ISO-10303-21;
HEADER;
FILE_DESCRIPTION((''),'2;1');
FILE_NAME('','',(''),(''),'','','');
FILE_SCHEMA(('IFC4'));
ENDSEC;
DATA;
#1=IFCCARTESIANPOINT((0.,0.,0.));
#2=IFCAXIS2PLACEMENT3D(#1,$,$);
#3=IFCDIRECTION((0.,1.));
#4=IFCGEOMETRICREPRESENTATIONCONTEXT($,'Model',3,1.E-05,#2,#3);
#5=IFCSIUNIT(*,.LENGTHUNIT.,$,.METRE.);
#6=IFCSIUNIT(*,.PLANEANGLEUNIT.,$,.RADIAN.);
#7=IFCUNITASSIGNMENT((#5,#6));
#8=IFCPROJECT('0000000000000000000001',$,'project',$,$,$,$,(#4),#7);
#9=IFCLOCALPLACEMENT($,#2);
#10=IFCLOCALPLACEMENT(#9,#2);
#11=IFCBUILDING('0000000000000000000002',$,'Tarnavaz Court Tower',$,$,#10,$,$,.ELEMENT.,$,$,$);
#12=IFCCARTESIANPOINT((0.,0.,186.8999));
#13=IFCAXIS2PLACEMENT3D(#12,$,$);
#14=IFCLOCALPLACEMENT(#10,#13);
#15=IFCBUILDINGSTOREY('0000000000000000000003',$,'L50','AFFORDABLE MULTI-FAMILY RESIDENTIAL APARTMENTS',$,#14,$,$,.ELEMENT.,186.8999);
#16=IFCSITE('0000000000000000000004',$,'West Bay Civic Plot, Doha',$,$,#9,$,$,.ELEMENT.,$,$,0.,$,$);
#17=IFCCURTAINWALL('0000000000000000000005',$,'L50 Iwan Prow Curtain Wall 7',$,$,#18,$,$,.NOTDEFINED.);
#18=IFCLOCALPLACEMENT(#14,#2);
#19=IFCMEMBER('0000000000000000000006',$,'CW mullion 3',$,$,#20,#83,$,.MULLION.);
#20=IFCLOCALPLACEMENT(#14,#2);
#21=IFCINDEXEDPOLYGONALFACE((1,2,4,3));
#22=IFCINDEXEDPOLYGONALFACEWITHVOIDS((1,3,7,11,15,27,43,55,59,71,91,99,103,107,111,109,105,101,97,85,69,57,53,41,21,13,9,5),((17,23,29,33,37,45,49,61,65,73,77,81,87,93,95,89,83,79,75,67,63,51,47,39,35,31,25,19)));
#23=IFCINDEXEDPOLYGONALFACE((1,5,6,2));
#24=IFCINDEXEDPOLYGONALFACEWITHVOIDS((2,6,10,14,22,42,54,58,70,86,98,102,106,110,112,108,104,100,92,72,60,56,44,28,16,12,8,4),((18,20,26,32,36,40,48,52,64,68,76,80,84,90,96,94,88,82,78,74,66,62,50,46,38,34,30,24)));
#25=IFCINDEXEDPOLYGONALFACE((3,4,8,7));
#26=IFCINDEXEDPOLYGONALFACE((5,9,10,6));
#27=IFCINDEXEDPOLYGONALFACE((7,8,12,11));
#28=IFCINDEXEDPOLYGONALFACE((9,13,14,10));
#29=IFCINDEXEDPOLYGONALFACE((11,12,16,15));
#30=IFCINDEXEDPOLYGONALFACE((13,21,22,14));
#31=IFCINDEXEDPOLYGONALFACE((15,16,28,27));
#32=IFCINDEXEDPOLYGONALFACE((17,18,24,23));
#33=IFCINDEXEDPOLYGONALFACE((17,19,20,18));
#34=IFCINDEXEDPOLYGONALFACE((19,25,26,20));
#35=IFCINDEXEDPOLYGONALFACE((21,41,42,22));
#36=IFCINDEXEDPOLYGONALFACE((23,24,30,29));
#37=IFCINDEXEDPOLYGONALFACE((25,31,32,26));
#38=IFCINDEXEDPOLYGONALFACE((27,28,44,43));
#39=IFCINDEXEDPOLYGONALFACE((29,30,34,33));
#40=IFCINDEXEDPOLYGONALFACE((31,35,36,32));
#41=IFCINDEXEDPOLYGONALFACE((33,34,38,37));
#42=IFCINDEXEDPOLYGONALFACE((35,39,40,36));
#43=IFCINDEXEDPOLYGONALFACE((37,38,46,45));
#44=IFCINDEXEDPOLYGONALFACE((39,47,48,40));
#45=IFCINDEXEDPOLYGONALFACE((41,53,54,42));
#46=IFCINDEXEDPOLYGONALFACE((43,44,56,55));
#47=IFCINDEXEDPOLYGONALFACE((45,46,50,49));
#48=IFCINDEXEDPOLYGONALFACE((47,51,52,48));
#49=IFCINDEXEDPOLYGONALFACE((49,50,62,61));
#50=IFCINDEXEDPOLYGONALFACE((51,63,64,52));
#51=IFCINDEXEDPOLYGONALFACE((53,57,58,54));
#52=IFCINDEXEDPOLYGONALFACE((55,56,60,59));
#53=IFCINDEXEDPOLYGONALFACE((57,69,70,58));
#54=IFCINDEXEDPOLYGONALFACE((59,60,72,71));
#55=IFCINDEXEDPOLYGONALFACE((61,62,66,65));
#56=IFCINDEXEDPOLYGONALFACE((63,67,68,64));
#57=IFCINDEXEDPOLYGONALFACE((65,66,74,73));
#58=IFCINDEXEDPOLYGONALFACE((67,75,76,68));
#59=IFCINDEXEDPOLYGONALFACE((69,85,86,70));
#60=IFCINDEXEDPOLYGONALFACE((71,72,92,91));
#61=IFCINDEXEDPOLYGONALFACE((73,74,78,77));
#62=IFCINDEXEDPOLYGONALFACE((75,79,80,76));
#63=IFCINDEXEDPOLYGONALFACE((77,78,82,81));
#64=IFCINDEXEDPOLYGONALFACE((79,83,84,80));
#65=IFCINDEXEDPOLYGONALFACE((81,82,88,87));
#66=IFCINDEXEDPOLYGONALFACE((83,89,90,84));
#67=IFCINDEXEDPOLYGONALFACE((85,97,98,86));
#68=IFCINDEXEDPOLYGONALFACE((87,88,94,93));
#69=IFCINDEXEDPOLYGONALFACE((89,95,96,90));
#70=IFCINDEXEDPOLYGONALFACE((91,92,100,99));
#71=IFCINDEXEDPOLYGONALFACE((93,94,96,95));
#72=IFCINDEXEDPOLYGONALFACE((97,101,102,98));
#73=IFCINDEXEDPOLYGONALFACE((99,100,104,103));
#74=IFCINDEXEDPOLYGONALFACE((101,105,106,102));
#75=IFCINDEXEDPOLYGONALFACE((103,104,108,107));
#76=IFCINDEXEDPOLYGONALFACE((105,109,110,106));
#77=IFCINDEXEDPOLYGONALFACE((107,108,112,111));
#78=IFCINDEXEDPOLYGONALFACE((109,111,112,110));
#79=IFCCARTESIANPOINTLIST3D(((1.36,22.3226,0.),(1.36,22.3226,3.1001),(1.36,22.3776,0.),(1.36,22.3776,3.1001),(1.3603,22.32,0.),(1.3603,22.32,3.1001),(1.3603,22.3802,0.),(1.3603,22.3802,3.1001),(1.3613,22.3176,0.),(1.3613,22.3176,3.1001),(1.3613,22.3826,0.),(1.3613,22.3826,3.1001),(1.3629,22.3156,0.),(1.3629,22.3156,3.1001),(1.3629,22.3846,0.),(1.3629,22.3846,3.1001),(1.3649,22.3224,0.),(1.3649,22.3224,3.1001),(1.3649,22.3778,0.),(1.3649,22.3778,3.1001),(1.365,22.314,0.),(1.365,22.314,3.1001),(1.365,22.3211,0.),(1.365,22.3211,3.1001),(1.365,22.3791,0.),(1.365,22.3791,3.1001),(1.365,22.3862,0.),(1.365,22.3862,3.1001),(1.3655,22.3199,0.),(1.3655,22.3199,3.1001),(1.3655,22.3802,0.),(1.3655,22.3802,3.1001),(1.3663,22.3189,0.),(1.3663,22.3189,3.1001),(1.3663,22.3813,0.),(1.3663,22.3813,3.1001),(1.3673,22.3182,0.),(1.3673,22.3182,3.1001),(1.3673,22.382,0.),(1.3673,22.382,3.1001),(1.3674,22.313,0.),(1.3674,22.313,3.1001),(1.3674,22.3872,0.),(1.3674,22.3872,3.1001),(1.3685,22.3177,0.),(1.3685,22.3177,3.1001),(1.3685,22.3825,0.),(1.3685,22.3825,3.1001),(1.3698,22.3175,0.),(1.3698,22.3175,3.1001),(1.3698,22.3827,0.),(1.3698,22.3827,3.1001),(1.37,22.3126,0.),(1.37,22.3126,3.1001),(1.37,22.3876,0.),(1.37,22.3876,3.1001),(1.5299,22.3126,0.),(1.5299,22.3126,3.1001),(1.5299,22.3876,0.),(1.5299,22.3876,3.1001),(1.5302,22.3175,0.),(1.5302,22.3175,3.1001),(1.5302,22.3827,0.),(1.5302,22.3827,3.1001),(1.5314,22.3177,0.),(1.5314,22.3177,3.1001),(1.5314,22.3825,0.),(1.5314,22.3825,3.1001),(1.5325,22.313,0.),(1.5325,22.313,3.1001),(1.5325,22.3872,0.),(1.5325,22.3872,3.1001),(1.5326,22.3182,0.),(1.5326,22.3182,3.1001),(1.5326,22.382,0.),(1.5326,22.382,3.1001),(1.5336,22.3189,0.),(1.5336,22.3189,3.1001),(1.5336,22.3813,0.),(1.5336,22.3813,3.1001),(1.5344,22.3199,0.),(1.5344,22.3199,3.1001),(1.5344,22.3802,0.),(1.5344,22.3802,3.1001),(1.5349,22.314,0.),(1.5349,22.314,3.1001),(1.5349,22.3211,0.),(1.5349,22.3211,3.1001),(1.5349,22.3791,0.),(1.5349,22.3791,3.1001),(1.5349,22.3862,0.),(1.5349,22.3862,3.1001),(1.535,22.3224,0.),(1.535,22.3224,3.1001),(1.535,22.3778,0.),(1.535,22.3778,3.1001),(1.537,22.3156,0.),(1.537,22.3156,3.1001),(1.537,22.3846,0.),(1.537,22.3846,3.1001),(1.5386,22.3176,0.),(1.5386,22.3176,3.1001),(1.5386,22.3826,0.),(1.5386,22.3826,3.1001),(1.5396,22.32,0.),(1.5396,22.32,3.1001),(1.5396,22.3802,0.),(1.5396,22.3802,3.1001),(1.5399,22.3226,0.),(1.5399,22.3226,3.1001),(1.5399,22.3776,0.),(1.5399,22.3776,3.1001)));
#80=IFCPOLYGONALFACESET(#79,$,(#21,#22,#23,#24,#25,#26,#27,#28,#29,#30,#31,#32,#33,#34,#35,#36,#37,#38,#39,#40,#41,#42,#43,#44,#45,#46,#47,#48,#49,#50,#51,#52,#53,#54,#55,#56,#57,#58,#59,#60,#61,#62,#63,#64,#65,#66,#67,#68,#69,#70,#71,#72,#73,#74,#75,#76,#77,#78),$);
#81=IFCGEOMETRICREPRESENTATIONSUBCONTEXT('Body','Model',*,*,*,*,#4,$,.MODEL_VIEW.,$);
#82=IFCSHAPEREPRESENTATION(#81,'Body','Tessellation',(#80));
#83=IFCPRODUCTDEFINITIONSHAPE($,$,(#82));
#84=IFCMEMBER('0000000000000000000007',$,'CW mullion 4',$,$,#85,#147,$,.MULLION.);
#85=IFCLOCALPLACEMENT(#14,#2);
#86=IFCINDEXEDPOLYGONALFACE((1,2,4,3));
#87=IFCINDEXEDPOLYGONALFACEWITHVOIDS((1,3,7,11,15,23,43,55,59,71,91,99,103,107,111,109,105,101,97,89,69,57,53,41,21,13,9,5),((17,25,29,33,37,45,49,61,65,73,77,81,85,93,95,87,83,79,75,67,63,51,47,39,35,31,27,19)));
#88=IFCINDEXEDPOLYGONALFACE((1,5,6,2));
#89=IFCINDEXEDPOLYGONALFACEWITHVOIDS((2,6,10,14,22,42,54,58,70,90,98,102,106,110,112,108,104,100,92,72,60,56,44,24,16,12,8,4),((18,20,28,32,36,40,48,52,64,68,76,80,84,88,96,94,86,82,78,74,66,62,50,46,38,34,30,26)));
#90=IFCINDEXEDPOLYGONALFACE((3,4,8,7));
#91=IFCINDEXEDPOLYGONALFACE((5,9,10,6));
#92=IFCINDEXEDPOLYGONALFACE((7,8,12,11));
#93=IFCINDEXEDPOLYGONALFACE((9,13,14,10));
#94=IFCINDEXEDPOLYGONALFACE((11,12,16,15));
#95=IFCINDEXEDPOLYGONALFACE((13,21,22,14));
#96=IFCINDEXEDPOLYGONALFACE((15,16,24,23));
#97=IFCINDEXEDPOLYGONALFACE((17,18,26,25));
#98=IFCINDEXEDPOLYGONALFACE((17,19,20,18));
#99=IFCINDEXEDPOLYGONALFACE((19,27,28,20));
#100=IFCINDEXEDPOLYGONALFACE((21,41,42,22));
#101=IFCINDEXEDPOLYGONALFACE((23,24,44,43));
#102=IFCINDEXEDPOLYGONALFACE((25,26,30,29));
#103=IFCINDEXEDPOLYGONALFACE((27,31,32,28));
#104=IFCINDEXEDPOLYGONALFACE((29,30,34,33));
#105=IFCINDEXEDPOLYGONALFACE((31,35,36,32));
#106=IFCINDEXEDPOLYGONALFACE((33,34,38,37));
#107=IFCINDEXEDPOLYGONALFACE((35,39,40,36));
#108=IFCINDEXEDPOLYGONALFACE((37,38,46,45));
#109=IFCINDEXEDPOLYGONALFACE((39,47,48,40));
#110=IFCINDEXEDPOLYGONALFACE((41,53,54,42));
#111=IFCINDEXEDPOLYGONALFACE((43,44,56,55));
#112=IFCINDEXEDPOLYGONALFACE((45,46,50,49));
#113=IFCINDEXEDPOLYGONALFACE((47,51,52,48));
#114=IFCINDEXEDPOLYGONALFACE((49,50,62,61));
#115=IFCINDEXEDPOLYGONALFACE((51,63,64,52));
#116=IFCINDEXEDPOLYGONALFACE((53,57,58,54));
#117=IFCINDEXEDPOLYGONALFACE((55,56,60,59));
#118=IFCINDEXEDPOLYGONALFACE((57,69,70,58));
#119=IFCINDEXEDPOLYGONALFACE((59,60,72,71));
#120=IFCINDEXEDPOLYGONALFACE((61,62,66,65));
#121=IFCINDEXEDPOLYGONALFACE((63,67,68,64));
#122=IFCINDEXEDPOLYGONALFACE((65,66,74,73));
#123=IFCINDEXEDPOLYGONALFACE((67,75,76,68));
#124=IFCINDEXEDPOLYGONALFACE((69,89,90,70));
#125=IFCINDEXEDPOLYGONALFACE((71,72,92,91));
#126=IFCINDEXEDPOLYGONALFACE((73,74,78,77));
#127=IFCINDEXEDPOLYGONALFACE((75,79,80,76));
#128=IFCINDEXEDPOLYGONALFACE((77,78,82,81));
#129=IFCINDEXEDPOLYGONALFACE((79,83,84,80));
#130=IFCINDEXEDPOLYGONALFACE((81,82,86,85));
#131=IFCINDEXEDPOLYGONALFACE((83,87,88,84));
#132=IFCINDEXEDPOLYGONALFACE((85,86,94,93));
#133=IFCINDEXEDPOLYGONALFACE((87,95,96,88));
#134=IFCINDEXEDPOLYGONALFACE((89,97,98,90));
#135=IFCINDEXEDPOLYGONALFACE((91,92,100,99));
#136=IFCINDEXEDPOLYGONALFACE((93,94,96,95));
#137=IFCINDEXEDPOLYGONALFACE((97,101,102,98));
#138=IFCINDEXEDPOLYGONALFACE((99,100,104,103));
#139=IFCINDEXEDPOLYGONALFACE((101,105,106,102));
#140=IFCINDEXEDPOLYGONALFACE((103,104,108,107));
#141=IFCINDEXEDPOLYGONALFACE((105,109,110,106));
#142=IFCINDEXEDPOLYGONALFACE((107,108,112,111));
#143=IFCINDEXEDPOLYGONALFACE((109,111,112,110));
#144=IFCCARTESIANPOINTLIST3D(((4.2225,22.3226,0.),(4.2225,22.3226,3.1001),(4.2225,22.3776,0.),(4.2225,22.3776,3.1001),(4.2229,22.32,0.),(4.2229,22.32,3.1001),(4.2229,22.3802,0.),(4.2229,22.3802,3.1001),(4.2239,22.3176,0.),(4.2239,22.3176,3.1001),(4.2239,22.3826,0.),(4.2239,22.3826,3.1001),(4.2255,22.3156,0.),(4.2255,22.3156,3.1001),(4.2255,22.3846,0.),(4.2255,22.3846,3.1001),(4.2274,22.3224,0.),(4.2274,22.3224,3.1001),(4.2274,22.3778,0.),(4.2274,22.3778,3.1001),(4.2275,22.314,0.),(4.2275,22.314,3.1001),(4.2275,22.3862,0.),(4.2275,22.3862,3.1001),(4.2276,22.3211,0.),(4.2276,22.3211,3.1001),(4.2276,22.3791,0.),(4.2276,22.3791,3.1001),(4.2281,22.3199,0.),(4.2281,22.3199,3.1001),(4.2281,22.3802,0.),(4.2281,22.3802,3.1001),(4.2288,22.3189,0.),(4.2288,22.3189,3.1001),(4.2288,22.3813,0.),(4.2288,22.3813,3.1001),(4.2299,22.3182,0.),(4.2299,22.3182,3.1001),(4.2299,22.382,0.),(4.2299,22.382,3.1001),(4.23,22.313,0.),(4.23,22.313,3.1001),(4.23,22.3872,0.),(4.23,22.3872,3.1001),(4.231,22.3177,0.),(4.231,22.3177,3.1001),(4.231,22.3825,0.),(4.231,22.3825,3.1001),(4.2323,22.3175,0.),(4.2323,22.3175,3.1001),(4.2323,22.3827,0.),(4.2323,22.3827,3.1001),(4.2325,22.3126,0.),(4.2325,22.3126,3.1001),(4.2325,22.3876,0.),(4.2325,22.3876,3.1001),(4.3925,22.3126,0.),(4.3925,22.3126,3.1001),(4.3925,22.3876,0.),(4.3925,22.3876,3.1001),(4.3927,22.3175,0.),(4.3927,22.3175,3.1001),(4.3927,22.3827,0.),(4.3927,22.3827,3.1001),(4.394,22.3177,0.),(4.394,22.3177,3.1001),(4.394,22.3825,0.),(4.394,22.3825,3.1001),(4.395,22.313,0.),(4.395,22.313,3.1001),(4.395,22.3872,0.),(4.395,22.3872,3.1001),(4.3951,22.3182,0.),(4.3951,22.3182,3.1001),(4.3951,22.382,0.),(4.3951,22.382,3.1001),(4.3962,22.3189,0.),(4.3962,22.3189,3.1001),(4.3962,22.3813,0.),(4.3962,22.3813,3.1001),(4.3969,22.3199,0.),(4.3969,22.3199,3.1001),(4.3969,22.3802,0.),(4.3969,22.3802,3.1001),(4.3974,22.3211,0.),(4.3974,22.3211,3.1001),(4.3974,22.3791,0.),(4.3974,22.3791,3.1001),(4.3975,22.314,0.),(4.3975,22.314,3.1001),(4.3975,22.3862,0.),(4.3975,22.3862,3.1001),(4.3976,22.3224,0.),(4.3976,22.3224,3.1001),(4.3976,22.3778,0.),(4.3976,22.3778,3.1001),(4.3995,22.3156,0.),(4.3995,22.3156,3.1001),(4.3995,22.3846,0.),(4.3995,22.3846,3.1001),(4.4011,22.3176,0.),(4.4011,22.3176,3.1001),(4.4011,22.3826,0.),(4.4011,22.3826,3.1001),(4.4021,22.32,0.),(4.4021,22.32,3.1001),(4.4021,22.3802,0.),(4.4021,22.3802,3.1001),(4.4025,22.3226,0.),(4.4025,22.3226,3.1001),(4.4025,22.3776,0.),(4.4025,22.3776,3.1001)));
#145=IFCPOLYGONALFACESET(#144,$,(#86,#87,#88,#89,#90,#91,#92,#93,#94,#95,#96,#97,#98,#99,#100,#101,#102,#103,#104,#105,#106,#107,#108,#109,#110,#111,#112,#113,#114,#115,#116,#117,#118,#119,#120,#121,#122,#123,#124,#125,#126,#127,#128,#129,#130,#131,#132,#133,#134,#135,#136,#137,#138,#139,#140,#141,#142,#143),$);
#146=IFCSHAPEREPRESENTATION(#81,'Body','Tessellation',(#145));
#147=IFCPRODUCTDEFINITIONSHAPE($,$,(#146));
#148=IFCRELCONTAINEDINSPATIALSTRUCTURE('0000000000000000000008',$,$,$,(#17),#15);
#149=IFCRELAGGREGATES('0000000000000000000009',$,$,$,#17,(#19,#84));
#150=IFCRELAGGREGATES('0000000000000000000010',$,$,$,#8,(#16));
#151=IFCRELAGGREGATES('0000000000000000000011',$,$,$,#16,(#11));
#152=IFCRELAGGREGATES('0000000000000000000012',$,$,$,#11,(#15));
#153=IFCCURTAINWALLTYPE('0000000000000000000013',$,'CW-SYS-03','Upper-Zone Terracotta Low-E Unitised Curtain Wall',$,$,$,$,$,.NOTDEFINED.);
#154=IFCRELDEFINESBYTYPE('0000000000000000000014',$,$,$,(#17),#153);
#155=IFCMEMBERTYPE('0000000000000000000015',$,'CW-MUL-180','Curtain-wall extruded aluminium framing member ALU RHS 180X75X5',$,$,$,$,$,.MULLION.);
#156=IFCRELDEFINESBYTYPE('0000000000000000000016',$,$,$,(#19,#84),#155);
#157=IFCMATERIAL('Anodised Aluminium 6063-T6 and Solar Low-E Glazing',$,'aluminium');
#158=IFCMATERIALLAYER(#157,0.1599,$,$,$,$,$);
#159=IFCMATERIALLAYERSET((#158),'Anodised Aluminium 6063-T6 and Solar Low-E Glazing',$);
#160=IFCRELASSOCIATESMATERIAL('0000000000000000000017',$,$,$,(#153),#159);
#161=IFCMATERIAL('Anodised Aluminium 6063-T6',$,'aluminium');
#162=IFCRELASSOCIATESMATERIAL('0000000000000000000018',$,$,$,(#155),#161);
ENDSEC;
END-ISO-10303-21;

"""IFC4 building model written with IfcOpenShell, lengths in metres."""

from ifc_helpers import new_model, si_unit, direction, frame, origin, origin_2d, place, context, subcontext, project, spatial, hollow_rectangle, extrude, material, layer, layer_set, material_profile, profile_set, type_object, element, aggregate, save


model = new_model("IFC4")

# Units and contexts
model_context = context("Model", 3, precision=1e-05, world=origin(), true_north=direction((0.0, 1.0)))
body_context = subcontext(model_context, "Body", "Model", "MODEL_VIEW")
ifc_project = project(units=[si_unit("LENGTHUNIT", "METRE"), si_unit("PLANEANGLEUNIT", "RADIAN")], contexts=[model_context])

# Site, building, storey
site_placement = place(None, origin())
site = spatial("IfcSite", under=ifc_project, at=site_placement, Name="West Bay Civic Plot, Doha", CompositionType="ELEMENT", RefElevation=0.0)
building_placement = place(site_placement, origin())
building = spatial("IfcBuilding", under=site, at=building_placement, Name="Tarnavaz Court Tower", CompositionType="ELEMENT")
storey_placement = place(building_placement, frame((0.0, 0.0, 186.8999)))
storey = spatial("IfcBuildingStorey", under=building, at=storey_placement, Name="L50", Description="AFFORDABLE MULTI-FAMILY RESIDENTIAL APARTMENTS", CompositionType="ELEMENT", Elevation=186.8999)

# Curtain wall, members
ifc_material_1 = material(Name="Anodised Aluminium 6063-T6 and Solar Low-E Glazing", Category="aluminium")
ifc_layer_1 = layer(ifc_material_1, 0.1599)
ifc_layer_set_1 = layer_set([ifc_layer_1], Name="Anodised Aluminium 6063-T6 and Solar Low-E Glazing")
curtain_wall_type = type_object("IfcCurtainWallType", Name="CW-SYS-03", Description="Upper-Zone Terracotta Low-E Unitised Curtain Wall", PredefinedType="NOTDEFINED", material=ifc_layer_set_1)
curtain_wall_placement = place(storey_placement, origin())
curtain_wall = element("IfcCurtainWall", 1, at=curtain_wall_placement, inside=storey, type_object=curtain_wall_type, Name="L50 Iwan Prow Curtain Wall 7", PredefinedType="NOTDEFINED")
ifc_material_2 = material(Name="Anodised Aluminium 6063-T6", Category="aluminium")
ifc_material_profile_1 = material_profile(ifc_material_2, hollow_rectangle(XDim=0.075, YDim=0.1799, WallThickness=0.0049, InnerFilletRadius=0.0049, OuterFilletRadius=0.01, at=origin_2d()), Name="ALU RHS 180X75X5")
ifc_profile_set_1 = profile_set([ifc_material_profile_1], Name="Anodised Aluminium 6063-T6")
member_type_1 = type_object("IfcMemberType", Name="CW-MUL-180", Description="Curtain-wall extruded aluminium framing member ALU RHS 180X75X5", PredefinedType="MULLION", material=ifc_profile_set_1)
member_1_placement = place(storey_placement, frame((1.45, 22.3501, 0.0), z_axis=(0.0, 0.0, 1.0), x_axis=(0.0, 1.0, 0.0)))
member_1 = element("IfcMember", 2, at=member_1_placement, type_object=member_type_1, Name="CW mullion 3", PredefinedType="MULLION", context=body_context, shape_type="SweptSolid", body=[
    extrude(hollow_rectangle(XDim=0.075, YDim=0.1799, WallThickness=0.0049, InnerFilletRadius=0.0049, OuterFilletRadius=0.01, at=origin_2d()), origin(), (0.0, 0.0, 1.0), 3.1001),
])
member_2_placement = place(storey_placement, frame((4.3125, 22.3501, 0.0), z_axis=(0.0, 0.0, 1.0), x_axis=(0.0, 1.0, 0.0)))
member_2 = element("IfcMember", 3, at=member_2_placement, type_object=member_type_1, Name="CW mullion 4", PredefinedType="MULLION", context=body_context, shape_type="SweptSolid", body=[
    extrude(hollow_rectangle(XDim=0.075, YDim=0.1799, WallThickness=0.0049, InnerFilletRadius=0.0049, OuterFilletRadius=0.01, at=origin_2d()), origin(), (0.0, 0.0, 1.0), 3.1001),
])
aggregate(curtain_wall, [member_1, member_2])

save(model, "model.ifc")
